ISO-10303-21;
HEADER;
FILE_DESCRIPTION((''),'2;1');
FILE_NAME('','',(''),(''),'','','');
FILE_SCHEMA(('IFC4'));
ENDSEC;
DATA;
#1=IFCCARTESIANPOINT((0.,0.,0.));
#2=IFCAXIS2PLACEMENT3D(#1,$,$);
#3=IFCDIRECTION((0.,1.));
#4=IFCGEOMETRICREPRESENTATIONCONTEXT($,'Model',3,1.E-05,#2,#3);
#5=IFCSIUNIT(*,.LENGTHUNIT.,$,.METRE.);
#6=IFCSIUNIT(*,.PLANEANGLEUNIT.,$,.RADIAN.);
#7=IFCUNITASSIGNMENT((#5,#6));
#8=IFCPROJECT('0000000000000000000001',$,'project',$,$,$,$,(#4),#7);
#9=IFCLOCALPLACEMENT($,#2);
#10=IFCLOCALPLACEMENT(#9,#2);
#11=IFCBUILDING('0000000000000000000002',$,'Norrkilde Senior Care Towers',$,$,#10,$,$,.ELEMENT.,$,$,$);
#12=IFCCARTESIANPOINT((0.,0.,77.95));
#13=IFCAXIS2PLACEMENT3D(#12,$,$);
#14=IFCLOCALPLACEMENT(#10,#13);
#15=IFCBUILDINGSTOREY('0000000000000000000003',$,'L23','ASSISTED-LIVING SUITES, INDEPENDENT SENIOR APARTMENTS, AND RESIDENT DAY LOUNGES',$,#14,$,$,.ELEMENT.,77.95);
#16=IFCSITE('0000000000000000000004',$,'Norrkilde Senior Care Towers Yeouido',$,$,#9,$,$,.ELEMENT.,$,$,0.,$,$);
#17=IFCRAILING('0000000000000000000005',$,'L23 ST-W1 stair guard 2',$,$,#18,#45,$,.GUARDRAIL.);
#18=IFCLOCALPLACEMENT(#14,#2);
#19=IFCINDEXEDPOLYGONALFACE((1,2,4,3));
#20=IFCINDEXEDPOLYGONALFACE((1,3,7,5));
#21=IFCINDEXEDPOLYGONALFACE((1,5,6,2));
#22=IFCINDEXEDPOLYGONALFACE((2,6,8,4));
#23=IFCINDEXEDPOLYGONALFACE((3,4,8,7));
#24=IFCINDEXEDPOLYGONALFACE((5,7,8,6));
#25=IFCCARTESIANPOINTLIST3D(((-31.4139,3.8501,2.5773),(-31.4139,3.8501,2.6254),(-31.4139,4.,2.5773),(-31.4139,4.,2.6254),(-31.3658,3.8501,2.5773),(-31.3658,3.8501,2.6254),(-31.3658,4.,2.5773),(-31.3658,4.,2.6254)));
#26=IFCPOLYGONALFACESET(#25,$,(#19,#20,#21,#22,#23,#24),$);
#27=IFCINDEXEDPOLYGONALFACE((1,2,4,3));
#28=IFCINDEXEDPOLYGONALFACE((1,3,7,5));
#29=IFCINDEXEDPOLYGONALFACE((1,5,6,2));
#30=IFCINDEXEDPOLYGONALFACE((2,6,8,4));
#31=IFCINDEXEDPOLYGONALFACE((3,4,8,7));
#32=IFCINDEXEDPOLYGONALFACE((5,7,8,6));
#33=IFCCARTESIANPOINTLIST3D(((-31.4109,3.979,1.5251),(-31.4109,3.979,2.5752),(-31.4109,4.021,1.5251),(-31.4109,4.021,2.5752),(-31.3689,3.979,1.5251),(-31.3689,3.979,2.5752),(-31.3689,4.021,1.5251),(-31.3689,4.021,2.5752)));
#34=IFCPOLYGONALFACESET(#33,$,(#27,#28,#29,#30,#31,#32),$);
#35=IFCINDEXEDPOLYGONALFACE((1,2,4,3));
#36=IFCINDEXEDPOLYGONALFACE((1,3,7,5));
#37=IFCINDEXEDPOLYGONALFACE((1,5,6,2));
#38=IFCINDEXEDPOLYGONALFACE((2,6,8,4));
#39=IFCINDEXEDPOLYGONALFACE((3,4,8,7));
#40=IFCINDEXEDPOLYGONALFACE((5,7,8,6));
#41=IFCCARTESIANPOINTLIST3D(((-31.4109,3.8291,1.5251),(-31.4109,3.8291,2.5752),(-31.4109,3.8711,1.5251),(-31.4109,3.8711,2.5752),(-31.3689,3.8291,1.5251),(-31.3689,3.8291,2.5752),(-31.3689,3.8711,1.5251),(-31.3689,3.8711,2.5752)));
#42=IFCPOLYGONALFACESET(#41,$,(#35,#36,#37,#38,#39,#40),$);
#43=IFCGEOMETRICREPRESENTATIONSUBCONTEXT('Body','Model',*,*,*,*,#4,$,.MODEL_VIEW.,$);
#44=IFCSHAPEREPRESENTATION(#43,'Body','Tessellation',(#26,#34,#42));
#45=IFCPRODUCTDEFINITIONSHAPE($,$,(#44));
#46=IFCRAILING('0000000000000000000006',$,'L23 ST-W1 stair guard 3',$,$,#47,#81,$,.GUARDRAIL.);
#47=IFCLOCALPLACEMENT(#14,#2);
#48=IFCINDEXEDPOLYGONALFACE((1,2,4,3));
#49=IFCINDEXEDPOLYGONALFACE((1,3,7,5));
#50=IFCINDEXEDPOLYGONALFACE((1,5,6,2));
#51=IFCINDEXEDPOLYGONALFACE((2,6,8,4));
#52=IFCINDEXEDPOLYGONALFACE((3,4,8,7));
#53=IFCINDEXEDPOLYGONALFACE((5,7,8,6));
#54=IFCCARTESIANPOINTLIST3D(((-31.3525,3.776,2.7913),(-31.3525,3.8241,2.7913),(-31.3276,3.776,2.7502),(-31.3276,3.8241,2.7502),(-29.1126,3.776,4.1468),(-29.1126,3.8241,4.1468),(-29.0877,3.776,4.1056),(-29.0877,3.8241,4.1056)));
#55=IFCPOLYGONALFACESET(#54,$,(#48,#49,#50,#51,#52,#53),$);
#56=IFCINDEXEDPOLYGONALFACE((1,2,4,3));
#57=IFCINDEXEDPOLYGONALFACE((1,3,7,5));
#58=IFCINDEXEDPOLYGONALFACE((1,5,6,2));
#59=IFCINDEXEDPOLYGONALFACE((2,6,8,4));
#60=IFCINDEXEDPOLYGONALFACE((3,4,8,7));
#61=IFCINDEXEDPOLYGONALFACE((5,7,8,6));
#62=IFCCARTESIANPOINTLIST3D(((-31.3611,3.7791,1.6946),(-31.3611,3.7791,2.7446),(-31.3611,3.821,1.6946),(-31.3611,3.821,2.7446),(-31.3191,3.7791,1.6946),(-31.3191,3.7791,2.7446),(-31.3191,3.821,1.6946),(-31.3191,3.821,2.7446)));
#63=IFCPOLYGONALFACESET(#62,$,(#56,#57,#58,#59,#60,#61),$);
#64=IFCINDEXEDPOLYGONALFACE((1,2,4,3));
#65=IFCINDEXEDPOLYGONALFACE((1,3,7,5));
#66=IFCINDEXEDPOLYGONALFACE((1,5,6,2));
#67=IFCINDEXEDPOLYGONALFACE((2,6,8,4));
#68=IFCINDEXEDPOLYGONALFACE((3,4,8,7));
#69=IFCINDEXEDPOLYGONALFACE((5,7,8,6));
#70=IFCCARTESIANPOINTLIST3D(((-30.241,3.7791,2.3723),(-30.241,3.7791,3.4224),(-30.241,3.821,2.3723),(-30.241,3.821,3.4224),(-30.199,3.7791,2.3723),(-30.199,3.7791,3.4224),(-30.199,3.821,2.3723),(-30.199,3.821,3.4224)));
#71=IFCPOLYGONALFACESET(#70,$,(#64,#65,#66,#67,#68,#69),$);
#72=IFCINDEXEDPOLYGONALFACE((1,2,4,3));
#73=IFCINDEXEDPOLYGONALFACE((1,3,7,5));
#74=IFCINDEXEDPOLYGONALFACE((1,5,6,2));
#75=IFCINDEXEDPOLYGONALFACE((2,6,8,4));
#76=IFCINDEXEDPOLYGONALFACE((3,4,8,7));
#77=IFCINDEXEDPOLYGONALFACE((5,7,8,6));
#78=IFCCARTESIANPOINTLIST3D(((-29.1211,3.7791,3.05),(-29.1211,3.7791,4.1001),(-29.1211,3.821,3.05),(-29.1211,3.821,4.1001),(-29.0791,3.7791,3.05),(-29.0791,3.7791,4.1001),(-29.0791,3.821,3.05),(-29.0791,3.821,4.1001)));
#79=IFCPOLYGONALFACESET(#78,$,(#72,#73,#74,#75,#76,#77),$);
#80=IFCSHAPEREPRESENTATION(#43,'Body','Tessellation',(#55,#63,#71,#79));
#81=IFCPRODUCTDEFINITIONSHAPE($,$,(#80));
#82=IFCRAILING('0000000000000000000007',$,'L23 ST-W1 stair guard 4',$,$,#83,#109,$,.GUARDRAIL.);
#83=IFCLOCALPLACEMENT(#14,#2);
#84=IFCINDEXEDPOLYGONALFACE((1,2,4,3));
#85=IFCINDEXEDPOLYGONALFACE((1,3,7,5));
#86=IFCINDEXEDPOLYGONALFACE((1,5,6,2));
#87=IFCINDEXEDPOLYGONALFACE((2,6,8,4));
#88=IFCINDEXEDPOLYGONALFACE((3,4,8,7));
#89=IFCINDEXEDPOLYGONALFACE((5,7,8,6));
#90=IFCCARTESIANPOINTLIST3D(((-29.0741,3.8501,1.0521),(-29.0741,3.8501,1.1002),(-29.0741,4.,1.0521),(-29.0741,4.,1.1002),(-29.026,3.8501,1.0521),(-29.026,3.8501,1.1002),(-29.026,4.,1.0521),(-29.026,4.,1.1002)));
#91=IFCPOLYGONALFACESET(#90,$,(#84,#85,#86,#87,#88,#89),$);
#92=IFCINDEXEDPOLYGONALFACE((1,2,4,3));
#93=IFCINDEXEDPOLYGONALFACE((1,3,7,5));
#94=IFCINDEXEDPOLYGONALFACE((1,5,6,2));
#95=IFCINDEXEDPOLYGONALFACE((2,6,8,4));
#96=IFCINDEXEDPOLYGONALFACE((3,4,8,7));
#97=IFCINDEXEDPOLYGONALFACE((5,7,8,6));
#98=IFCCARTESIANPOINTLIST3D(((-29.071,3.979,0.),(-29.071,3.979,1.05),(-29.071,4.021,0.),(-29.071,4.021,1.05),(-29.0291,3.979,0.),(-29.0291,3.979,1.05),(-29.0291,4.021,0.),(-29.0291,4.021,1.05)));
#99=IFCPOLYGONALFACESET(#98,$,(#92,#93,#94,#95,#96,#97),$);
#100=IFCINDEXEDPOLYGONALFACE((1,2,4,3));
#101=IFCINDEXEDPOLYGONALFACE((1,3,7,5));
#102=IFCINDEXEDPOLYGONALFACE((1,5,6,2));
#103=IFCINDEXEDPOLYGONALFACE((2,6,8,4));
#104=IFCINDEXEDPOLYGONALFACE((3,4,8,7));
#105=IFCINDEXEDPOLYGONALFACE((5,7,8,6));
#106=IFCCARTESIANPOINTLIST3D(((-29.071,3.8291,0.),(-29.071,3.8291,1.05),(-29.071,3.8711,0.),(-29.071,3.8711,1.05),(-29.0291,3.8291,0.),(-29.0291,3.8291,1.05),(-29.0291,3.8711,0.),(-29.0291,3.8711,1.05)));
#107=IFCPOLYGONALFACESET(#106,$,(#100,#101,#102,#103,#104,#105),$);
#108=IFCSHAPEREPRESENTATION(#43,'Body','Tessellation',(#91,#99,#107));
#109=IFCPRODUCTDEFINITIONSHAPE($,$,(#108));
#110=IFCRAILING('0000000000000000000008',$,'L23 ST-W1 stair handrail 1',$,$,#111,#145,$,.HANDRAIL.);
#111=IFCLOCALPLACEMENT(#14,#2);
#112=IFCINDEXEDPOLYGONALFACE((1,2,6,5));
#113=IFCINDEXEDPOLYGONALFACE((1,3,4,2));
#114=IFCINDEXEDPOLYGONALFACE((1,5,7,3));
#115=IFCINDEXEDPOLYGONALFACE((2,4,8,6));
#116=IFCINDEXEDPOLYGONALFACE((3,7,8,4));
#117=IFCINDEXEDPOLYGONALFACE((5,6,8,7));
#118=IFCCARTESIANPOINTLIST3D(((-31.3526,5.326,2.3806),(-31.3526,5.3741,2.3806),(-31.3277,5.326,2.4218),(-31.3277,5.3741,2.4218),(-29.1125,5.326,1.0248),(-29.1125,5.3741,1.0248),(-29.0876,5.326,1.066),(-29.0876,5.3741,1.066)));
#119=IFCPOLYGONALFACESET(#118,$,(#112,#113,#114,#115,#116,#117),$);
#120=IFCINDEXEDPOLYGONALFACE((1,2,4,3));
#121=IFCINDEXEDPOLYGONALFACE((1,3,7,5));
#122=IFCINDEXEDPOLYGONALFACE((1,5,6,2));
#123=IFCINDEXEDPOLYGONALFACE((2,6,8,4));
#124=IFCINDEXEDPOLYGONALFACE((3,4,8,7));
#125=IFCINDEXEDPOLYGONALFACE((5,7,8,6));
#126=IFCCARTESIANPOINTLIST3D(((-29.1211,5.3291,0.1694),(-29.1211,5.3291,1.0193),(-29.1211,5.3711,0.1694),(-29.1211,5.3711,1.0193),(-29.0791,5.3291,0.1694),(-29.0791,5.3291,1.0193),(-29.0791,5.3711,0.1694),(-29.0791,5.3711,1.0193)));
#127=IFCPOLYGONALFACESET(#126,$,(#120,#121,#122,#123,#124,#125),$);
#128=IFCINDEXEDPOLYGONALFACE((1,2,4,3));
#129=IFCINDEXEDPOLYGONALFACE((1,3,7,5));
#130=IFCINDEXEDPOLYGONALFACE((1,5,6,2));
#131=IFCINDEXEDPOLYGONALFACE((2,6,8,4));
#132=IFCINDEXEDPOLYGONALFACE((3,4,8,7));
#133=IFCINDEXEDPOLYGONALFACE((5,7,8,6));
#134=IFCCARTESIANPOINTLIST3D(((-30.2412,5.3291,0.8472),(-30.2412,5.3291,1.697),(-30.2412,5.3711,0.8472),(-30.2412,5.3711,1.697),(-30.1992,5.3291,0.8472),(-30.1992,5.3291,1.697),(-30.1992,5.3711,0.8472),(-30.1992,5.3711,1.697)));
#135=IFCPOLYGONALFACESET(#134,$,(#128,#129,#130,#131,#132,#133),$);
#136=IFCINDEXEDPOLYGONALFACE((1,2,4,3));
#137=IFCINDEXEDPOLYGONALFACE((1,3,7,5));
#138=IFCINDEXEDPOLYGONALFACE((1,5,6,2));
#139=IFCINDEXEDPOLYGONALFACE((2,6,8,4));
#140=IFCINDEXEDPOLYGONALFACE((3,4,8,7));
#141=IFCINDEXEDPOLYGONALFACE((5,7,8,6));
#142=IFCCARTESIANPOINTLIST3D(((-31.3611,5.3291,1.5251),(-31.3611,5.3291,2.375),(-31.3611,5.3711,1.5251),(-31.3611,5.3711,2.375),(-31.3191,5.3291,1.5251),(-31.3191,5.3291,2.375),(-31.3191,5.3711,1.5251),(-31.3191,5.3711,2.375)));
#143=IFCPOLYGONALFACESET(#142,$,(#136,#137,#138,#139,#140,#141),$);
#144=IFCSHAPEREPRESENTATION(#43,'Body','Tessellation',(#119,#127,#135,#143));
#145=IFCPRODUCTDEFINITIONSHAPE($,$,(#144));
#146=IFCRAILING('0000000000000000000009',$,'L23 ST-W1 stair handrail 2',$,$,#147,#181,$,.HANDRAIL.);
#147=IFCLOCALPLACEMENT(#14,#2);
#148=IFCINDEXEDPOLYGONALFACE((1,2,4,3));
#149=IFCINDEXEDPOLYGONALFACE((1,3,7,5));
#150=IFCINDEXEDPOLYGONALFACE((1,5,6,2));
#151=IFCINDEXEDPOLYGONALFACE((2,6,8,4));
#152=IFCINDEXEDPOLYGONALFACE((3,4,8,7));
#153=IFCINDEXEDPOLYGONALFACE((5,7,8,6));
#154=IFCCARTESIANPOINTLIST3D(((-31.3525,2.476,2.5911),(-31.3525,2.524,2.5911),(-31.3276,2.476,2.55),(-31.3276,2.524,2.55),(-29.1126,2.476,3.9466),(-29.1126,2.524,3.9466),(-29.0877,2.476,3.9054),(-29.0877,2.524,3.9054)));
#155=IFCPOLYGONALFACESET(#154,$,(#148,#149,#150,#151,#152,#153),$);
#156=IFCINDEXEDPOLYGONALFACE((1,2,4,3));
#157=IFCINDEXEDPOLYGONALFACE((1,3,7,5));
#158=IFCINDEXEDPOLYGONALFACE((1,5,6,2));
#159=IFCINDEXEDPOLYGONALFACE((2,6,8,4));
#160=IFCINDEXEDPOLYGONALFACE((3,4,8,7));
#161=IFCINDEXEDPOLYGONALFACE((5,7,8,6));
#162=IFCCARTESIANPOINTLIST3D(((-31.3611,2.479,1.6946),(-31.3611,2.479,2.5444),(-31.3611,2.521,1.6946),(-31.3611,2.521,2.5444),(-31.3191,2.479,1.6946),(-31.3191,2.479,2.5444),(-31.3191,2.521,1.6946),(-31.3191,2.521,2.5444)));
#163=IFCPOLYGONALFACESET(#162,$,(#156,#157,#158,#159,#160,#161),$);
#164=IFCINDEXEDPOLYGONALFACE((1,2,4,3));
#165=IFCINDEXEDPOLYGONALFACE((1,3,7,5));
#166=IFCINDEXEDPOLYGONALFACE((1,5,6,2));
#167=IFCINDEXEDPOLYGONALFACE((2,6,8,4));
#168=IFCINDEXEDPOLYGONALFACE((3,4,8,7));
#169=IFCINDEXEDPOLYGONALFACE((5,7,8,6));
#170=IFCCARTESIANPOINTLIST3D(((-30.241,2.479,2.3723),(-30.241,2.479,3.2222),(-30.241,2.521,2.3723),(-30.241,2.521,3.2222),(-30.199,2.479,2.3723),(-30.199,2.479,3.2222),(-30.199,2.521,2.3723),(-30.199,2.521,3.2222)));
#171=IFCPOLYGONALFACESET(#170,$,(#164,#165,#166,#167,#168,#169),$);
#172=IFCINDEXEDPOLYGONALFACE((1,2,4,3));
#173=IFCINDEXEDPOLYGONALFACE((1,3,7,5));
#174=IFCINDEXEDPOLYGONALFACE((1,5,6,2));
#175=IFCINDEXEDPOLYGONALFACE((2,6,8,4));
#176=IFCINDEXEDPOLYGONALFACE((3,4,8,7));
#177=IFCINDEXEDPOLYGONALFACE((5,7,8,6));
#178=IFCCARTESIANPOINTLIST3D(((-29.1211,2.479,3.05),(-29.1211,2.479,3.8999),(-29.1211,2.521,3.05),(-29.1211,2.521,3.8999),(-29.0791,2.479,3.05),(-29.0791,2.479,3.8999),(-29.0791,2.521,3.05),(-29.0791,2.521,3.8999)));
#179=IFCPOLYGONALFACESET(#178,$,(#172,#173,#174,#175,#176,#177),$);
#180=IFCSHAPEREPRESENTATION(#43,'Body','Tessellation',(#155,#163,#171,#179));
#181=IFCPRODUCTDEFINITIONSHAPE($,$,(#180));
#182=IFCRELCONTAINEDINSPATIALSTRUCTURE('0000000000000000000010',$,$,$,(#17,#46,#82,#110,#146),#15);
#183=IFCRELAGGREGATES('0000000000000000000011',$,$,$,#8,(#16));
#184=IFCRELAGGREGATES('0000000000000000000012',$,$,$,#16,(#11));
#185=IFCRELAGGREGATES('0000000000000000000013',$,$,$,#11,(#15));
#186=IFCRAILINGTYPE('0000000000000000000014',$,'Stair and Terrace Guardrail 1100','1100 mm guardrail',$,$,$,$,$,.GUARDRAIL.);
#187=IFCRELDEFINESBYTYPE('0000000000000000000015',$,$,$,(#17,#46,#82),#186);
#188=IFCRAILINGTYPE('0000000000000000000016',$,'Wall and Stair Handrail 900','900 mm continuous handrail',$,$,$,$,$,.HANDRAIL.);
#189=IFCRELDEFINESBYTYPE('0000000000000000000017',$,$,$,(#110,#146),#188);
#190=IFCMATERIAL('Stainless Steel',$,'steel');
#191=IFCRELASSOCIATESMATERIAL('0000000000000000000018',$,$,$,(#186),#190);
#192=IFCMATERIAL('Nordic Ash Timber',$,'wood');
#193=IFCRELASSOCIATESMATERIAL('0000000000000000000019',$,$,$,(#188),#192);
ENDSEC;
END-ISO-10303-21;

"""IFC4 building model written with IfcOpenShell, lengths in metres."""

from ifc_helpers import new_model, si_unit, direction, frame, origin, origin_2d, place, context, subcontext, project, spatial, rectangle, extrude, material, type_object, element, save


model = new_model("IFC4")

# Units and contexts
model_context = context("Model", 3, precision=1e-05, world=origin(), true_north=direction((0.0, 1.0)))
body_context = subcontext(model_context, "Body", "Model", "MODEL_VIEW")
ifc_project = project(units=[si_unit("LENGTHUNIT", "METRE"), si_unit("PLANEANGLEUNIT", "RADIAN")], contexts=[model_context])

# Site, building, storey
site_placement = place(None, origin())
site = spatial("IfcSite", under=ifc_project, at=site_placement, Name="Norrkilde Senior Care Towers Yeouido", CompositionType="ELEMENT", RefElevation=0.0)
building_placement = place(site_placement, origin())
building = spatial("IfcBuilding", under=site, at=building_placement, Name="Norrkilde Senior Care Towers", CompositionType="ELEMENT")
storey_placement = place(building_placement, frame((0.0, 0.0, 77.95)))
storey = spatial("IfcBuildingStorey", under=building, at=storey_placement, Name="L23", Description="ASSISTED-LIVING SUITES, INDEPENDENT SENIOR APARTMENTS, AND RESIDENT DAY LOUNGES", CompositionType="ELEMENT", Elevation=77.95)

# Shared definitions
ifc_material_1 = material(Name="Stainless Steel", Category="steel")

# Shared definitions
ifc_material_2 = material(Name="Nordic Ash Timber", Category="wood")

# Railings
railing_type_1 = type_object("IfcRailingType", Name="Stair and Terrace Guardrail 1100", Description="1100 mm guardrail", PredefinedType="GUARDRAIL", material=ifc_material_1)
railing_1_placement = place(storey_placement, frame((-31.3899, 4.0, 1.5251)))
element("IfcRailing", 1, at=railing_1_placement, inside=storey, type_object=railing_type_1, Name="L23 ST-W1 stair guard 2", PredefinedType="GUARDRAIL", context=body_context, shape_type="SweptSolid", body=[
    extrude(rectangle(XDim=0.0481, YDim=0.0481, at=origin_2d()), frame((0.0, 0.0, 1.0762), z_axis=(0.0, -1.0, 0.0), x_axis=(1.0, 0.0, 0.0)), (0.0, 0.0, 1.0), 0.1499),
    extrude(rectangle(XDim=0.042, YDim=0.042, at=origin_2d()), origin(), (0.0, 0.0, 1.0), 1.05),
    extrude(rectangle(XDim=0.042, YDim=0.042, at=origin_2d()), frame((0.0, -0.1499, 0.0)), (0.0, 0.0, 1.0), 1.05),
])
railing_2_placement = place(storey_placement, frame((-31.3401, 3.8, 1.6946)))
element("IfcRailing", 2, at=railing_2_placement, inside=storey, type_object=railing_type_1, Name="L23 ST-W1 stair guard 3", PredefinedType="GUARDRAIL", context=body_context, shape_type="SweptSolid", body=[
    extrude(rectangle(XDim=0.0481, YDim=0.0481, at=origin_2d()), frame((0.0, 0.0, 1.0762), z_axis=(0.855553, 0.0, 0.517715), x_axis=(0.0, 1.0, 0.0)), (0.0, 0.0, 1.0), 2.6182),
    extrude(rectangle(XDim=0.042, YDim=0.042, at=origin_2d()), origin(), (0.0, 0.0, 1.0), 1.05),
    extrude(rectangle(XDim=0.042, YDim=0.042, at=origin_2d()), frame((1.1201, 0.0, 0.6777)), (0.0, 0.0, 1.0), 1.05),
    extrude(rectangle(XDim=0.042, YDim=0.042, at=origin_2d()), frame((2.24, 0.0, 1.3555)), (0.0, 0.0, 1.0), 1.05),
])
railing_3_placement = place(storey_placement, frame((-29.05, 4.0, 0.0)))
element("IfcRailing", 3, at=railing_3_placement, inside=storey, type_object=railing_type_1, Name="L23 ST-W1 stair guard 4", PredefinedType="GUARDRAIL", context=body_context, shape_type="SweptSolid", body=[
    extrude(rectangle(XDim=0.0481, YDim=0.0481, at=origin_2d()), frame((0.0, 0.0, 1.0762), z_axis=(0.0, -1.0, 0.0), x_axis=(1.0, 0.0, 0.0)), (0.0, 0.0, 1.0), 0.1499),
    extrude(rectangle(XDim=0.042, YDim=0.042, at=origin_2d()), origin(), (0.0, 0.0, 1.0), 1.05),
    extrude(rectangle(XDim=0.042, YDim=0.042, at=origin_2d()), frame((0.0, -0.1499, 0.0)), (0.0, 0.0, 1.0), 1.05),
])
railing_type_2 = type_object("IfcRailingType", Name="Wall and Stair Handrail 900", Description="900 mm continuous handrail", PredefinedType="HANDRAIL", material=ifc_material_2)
railing_4_placement = place(storey_placement, frame((-29.1001, 5.3501, 0.1694)))
element("IfcRailing", 4, at=railing_4_placement, inside=storey, type_object=railing_type_2, Name="L23 ST-W1 stair handrail 1", PredefinedType="HANDRAIL", context=body_context, shape_type="SweptSolid", body=[
    extrude(rectangle(XDim=0.0481, YDim=0.0481, at=origin_2d()), frame((0.0, 0.0, 0.876), z_axis=(-0.855512, 0.0, 0.517783), x_axis=(0.0, -1.0, 0.0)), (0.0, 0.0, 1.0), 2.6184),
    extrude(rectangle(XDim=0.042, YDim=0.042, at=origin_2d()), origin(), (0.0, 0.0, 1.0), 0.8499),
    extrude(rectangle(XDim=0.042, YDim=0.042, at=origin_2d()), frame((-1.1201, 0.0, 0.6777)), (0.0, 0.0, 1.0), 0.8499),
    extrude(rectangle(XDim=0.042, YDim=0.042, at=origin_2d()), frame((-2.24, 0.0, 1.3557)), (0.0, 0.0, 1.0), 0.8499),
])
railing_5_placement = place(storey_placement, frame((-31.3401, 2.5, 1.6946)))
element("IfcRailing", 5, at=railing_5_placement, inside=storey, type_object=railing_type_2, Name="L23 ST-W1 stair handrail 2", PredefinedType="HANDRAIL", context=body_context, shape_type="SweptSolid", body=[
    extrude(rectangle(XDim=0.0481, YDim=0.0481, at=origin_2d()), frame((0.0, 0.0, 0.876), z_axis=(0.855553, 0.0, 0.517715), x_axis=(0.0, 1.0, 0.0)), (0.0, 0.0, 1.0), 2.6182),
    extrude(rectangle(XDim=0.042, YDim=0.042, at=origin_2d()), origin(), (0.0, 0.0, 1.0), 0.8499),
    extrude(rectangle(XDim=0.042, YDim=0.042, at=origin_2d()), frame((1.1201, 0.0, 0.6777)), (0.0, 0.0, 1.0), 0.8499),
    extrude(rectangle(XDim=0.042, YDim=0.042, at=origin_2d()), frame((2.24, 0.0, 1.3555)), (0.0, 0.0, 1.0), 0.8499),
])

save(model, "model.ifc")
